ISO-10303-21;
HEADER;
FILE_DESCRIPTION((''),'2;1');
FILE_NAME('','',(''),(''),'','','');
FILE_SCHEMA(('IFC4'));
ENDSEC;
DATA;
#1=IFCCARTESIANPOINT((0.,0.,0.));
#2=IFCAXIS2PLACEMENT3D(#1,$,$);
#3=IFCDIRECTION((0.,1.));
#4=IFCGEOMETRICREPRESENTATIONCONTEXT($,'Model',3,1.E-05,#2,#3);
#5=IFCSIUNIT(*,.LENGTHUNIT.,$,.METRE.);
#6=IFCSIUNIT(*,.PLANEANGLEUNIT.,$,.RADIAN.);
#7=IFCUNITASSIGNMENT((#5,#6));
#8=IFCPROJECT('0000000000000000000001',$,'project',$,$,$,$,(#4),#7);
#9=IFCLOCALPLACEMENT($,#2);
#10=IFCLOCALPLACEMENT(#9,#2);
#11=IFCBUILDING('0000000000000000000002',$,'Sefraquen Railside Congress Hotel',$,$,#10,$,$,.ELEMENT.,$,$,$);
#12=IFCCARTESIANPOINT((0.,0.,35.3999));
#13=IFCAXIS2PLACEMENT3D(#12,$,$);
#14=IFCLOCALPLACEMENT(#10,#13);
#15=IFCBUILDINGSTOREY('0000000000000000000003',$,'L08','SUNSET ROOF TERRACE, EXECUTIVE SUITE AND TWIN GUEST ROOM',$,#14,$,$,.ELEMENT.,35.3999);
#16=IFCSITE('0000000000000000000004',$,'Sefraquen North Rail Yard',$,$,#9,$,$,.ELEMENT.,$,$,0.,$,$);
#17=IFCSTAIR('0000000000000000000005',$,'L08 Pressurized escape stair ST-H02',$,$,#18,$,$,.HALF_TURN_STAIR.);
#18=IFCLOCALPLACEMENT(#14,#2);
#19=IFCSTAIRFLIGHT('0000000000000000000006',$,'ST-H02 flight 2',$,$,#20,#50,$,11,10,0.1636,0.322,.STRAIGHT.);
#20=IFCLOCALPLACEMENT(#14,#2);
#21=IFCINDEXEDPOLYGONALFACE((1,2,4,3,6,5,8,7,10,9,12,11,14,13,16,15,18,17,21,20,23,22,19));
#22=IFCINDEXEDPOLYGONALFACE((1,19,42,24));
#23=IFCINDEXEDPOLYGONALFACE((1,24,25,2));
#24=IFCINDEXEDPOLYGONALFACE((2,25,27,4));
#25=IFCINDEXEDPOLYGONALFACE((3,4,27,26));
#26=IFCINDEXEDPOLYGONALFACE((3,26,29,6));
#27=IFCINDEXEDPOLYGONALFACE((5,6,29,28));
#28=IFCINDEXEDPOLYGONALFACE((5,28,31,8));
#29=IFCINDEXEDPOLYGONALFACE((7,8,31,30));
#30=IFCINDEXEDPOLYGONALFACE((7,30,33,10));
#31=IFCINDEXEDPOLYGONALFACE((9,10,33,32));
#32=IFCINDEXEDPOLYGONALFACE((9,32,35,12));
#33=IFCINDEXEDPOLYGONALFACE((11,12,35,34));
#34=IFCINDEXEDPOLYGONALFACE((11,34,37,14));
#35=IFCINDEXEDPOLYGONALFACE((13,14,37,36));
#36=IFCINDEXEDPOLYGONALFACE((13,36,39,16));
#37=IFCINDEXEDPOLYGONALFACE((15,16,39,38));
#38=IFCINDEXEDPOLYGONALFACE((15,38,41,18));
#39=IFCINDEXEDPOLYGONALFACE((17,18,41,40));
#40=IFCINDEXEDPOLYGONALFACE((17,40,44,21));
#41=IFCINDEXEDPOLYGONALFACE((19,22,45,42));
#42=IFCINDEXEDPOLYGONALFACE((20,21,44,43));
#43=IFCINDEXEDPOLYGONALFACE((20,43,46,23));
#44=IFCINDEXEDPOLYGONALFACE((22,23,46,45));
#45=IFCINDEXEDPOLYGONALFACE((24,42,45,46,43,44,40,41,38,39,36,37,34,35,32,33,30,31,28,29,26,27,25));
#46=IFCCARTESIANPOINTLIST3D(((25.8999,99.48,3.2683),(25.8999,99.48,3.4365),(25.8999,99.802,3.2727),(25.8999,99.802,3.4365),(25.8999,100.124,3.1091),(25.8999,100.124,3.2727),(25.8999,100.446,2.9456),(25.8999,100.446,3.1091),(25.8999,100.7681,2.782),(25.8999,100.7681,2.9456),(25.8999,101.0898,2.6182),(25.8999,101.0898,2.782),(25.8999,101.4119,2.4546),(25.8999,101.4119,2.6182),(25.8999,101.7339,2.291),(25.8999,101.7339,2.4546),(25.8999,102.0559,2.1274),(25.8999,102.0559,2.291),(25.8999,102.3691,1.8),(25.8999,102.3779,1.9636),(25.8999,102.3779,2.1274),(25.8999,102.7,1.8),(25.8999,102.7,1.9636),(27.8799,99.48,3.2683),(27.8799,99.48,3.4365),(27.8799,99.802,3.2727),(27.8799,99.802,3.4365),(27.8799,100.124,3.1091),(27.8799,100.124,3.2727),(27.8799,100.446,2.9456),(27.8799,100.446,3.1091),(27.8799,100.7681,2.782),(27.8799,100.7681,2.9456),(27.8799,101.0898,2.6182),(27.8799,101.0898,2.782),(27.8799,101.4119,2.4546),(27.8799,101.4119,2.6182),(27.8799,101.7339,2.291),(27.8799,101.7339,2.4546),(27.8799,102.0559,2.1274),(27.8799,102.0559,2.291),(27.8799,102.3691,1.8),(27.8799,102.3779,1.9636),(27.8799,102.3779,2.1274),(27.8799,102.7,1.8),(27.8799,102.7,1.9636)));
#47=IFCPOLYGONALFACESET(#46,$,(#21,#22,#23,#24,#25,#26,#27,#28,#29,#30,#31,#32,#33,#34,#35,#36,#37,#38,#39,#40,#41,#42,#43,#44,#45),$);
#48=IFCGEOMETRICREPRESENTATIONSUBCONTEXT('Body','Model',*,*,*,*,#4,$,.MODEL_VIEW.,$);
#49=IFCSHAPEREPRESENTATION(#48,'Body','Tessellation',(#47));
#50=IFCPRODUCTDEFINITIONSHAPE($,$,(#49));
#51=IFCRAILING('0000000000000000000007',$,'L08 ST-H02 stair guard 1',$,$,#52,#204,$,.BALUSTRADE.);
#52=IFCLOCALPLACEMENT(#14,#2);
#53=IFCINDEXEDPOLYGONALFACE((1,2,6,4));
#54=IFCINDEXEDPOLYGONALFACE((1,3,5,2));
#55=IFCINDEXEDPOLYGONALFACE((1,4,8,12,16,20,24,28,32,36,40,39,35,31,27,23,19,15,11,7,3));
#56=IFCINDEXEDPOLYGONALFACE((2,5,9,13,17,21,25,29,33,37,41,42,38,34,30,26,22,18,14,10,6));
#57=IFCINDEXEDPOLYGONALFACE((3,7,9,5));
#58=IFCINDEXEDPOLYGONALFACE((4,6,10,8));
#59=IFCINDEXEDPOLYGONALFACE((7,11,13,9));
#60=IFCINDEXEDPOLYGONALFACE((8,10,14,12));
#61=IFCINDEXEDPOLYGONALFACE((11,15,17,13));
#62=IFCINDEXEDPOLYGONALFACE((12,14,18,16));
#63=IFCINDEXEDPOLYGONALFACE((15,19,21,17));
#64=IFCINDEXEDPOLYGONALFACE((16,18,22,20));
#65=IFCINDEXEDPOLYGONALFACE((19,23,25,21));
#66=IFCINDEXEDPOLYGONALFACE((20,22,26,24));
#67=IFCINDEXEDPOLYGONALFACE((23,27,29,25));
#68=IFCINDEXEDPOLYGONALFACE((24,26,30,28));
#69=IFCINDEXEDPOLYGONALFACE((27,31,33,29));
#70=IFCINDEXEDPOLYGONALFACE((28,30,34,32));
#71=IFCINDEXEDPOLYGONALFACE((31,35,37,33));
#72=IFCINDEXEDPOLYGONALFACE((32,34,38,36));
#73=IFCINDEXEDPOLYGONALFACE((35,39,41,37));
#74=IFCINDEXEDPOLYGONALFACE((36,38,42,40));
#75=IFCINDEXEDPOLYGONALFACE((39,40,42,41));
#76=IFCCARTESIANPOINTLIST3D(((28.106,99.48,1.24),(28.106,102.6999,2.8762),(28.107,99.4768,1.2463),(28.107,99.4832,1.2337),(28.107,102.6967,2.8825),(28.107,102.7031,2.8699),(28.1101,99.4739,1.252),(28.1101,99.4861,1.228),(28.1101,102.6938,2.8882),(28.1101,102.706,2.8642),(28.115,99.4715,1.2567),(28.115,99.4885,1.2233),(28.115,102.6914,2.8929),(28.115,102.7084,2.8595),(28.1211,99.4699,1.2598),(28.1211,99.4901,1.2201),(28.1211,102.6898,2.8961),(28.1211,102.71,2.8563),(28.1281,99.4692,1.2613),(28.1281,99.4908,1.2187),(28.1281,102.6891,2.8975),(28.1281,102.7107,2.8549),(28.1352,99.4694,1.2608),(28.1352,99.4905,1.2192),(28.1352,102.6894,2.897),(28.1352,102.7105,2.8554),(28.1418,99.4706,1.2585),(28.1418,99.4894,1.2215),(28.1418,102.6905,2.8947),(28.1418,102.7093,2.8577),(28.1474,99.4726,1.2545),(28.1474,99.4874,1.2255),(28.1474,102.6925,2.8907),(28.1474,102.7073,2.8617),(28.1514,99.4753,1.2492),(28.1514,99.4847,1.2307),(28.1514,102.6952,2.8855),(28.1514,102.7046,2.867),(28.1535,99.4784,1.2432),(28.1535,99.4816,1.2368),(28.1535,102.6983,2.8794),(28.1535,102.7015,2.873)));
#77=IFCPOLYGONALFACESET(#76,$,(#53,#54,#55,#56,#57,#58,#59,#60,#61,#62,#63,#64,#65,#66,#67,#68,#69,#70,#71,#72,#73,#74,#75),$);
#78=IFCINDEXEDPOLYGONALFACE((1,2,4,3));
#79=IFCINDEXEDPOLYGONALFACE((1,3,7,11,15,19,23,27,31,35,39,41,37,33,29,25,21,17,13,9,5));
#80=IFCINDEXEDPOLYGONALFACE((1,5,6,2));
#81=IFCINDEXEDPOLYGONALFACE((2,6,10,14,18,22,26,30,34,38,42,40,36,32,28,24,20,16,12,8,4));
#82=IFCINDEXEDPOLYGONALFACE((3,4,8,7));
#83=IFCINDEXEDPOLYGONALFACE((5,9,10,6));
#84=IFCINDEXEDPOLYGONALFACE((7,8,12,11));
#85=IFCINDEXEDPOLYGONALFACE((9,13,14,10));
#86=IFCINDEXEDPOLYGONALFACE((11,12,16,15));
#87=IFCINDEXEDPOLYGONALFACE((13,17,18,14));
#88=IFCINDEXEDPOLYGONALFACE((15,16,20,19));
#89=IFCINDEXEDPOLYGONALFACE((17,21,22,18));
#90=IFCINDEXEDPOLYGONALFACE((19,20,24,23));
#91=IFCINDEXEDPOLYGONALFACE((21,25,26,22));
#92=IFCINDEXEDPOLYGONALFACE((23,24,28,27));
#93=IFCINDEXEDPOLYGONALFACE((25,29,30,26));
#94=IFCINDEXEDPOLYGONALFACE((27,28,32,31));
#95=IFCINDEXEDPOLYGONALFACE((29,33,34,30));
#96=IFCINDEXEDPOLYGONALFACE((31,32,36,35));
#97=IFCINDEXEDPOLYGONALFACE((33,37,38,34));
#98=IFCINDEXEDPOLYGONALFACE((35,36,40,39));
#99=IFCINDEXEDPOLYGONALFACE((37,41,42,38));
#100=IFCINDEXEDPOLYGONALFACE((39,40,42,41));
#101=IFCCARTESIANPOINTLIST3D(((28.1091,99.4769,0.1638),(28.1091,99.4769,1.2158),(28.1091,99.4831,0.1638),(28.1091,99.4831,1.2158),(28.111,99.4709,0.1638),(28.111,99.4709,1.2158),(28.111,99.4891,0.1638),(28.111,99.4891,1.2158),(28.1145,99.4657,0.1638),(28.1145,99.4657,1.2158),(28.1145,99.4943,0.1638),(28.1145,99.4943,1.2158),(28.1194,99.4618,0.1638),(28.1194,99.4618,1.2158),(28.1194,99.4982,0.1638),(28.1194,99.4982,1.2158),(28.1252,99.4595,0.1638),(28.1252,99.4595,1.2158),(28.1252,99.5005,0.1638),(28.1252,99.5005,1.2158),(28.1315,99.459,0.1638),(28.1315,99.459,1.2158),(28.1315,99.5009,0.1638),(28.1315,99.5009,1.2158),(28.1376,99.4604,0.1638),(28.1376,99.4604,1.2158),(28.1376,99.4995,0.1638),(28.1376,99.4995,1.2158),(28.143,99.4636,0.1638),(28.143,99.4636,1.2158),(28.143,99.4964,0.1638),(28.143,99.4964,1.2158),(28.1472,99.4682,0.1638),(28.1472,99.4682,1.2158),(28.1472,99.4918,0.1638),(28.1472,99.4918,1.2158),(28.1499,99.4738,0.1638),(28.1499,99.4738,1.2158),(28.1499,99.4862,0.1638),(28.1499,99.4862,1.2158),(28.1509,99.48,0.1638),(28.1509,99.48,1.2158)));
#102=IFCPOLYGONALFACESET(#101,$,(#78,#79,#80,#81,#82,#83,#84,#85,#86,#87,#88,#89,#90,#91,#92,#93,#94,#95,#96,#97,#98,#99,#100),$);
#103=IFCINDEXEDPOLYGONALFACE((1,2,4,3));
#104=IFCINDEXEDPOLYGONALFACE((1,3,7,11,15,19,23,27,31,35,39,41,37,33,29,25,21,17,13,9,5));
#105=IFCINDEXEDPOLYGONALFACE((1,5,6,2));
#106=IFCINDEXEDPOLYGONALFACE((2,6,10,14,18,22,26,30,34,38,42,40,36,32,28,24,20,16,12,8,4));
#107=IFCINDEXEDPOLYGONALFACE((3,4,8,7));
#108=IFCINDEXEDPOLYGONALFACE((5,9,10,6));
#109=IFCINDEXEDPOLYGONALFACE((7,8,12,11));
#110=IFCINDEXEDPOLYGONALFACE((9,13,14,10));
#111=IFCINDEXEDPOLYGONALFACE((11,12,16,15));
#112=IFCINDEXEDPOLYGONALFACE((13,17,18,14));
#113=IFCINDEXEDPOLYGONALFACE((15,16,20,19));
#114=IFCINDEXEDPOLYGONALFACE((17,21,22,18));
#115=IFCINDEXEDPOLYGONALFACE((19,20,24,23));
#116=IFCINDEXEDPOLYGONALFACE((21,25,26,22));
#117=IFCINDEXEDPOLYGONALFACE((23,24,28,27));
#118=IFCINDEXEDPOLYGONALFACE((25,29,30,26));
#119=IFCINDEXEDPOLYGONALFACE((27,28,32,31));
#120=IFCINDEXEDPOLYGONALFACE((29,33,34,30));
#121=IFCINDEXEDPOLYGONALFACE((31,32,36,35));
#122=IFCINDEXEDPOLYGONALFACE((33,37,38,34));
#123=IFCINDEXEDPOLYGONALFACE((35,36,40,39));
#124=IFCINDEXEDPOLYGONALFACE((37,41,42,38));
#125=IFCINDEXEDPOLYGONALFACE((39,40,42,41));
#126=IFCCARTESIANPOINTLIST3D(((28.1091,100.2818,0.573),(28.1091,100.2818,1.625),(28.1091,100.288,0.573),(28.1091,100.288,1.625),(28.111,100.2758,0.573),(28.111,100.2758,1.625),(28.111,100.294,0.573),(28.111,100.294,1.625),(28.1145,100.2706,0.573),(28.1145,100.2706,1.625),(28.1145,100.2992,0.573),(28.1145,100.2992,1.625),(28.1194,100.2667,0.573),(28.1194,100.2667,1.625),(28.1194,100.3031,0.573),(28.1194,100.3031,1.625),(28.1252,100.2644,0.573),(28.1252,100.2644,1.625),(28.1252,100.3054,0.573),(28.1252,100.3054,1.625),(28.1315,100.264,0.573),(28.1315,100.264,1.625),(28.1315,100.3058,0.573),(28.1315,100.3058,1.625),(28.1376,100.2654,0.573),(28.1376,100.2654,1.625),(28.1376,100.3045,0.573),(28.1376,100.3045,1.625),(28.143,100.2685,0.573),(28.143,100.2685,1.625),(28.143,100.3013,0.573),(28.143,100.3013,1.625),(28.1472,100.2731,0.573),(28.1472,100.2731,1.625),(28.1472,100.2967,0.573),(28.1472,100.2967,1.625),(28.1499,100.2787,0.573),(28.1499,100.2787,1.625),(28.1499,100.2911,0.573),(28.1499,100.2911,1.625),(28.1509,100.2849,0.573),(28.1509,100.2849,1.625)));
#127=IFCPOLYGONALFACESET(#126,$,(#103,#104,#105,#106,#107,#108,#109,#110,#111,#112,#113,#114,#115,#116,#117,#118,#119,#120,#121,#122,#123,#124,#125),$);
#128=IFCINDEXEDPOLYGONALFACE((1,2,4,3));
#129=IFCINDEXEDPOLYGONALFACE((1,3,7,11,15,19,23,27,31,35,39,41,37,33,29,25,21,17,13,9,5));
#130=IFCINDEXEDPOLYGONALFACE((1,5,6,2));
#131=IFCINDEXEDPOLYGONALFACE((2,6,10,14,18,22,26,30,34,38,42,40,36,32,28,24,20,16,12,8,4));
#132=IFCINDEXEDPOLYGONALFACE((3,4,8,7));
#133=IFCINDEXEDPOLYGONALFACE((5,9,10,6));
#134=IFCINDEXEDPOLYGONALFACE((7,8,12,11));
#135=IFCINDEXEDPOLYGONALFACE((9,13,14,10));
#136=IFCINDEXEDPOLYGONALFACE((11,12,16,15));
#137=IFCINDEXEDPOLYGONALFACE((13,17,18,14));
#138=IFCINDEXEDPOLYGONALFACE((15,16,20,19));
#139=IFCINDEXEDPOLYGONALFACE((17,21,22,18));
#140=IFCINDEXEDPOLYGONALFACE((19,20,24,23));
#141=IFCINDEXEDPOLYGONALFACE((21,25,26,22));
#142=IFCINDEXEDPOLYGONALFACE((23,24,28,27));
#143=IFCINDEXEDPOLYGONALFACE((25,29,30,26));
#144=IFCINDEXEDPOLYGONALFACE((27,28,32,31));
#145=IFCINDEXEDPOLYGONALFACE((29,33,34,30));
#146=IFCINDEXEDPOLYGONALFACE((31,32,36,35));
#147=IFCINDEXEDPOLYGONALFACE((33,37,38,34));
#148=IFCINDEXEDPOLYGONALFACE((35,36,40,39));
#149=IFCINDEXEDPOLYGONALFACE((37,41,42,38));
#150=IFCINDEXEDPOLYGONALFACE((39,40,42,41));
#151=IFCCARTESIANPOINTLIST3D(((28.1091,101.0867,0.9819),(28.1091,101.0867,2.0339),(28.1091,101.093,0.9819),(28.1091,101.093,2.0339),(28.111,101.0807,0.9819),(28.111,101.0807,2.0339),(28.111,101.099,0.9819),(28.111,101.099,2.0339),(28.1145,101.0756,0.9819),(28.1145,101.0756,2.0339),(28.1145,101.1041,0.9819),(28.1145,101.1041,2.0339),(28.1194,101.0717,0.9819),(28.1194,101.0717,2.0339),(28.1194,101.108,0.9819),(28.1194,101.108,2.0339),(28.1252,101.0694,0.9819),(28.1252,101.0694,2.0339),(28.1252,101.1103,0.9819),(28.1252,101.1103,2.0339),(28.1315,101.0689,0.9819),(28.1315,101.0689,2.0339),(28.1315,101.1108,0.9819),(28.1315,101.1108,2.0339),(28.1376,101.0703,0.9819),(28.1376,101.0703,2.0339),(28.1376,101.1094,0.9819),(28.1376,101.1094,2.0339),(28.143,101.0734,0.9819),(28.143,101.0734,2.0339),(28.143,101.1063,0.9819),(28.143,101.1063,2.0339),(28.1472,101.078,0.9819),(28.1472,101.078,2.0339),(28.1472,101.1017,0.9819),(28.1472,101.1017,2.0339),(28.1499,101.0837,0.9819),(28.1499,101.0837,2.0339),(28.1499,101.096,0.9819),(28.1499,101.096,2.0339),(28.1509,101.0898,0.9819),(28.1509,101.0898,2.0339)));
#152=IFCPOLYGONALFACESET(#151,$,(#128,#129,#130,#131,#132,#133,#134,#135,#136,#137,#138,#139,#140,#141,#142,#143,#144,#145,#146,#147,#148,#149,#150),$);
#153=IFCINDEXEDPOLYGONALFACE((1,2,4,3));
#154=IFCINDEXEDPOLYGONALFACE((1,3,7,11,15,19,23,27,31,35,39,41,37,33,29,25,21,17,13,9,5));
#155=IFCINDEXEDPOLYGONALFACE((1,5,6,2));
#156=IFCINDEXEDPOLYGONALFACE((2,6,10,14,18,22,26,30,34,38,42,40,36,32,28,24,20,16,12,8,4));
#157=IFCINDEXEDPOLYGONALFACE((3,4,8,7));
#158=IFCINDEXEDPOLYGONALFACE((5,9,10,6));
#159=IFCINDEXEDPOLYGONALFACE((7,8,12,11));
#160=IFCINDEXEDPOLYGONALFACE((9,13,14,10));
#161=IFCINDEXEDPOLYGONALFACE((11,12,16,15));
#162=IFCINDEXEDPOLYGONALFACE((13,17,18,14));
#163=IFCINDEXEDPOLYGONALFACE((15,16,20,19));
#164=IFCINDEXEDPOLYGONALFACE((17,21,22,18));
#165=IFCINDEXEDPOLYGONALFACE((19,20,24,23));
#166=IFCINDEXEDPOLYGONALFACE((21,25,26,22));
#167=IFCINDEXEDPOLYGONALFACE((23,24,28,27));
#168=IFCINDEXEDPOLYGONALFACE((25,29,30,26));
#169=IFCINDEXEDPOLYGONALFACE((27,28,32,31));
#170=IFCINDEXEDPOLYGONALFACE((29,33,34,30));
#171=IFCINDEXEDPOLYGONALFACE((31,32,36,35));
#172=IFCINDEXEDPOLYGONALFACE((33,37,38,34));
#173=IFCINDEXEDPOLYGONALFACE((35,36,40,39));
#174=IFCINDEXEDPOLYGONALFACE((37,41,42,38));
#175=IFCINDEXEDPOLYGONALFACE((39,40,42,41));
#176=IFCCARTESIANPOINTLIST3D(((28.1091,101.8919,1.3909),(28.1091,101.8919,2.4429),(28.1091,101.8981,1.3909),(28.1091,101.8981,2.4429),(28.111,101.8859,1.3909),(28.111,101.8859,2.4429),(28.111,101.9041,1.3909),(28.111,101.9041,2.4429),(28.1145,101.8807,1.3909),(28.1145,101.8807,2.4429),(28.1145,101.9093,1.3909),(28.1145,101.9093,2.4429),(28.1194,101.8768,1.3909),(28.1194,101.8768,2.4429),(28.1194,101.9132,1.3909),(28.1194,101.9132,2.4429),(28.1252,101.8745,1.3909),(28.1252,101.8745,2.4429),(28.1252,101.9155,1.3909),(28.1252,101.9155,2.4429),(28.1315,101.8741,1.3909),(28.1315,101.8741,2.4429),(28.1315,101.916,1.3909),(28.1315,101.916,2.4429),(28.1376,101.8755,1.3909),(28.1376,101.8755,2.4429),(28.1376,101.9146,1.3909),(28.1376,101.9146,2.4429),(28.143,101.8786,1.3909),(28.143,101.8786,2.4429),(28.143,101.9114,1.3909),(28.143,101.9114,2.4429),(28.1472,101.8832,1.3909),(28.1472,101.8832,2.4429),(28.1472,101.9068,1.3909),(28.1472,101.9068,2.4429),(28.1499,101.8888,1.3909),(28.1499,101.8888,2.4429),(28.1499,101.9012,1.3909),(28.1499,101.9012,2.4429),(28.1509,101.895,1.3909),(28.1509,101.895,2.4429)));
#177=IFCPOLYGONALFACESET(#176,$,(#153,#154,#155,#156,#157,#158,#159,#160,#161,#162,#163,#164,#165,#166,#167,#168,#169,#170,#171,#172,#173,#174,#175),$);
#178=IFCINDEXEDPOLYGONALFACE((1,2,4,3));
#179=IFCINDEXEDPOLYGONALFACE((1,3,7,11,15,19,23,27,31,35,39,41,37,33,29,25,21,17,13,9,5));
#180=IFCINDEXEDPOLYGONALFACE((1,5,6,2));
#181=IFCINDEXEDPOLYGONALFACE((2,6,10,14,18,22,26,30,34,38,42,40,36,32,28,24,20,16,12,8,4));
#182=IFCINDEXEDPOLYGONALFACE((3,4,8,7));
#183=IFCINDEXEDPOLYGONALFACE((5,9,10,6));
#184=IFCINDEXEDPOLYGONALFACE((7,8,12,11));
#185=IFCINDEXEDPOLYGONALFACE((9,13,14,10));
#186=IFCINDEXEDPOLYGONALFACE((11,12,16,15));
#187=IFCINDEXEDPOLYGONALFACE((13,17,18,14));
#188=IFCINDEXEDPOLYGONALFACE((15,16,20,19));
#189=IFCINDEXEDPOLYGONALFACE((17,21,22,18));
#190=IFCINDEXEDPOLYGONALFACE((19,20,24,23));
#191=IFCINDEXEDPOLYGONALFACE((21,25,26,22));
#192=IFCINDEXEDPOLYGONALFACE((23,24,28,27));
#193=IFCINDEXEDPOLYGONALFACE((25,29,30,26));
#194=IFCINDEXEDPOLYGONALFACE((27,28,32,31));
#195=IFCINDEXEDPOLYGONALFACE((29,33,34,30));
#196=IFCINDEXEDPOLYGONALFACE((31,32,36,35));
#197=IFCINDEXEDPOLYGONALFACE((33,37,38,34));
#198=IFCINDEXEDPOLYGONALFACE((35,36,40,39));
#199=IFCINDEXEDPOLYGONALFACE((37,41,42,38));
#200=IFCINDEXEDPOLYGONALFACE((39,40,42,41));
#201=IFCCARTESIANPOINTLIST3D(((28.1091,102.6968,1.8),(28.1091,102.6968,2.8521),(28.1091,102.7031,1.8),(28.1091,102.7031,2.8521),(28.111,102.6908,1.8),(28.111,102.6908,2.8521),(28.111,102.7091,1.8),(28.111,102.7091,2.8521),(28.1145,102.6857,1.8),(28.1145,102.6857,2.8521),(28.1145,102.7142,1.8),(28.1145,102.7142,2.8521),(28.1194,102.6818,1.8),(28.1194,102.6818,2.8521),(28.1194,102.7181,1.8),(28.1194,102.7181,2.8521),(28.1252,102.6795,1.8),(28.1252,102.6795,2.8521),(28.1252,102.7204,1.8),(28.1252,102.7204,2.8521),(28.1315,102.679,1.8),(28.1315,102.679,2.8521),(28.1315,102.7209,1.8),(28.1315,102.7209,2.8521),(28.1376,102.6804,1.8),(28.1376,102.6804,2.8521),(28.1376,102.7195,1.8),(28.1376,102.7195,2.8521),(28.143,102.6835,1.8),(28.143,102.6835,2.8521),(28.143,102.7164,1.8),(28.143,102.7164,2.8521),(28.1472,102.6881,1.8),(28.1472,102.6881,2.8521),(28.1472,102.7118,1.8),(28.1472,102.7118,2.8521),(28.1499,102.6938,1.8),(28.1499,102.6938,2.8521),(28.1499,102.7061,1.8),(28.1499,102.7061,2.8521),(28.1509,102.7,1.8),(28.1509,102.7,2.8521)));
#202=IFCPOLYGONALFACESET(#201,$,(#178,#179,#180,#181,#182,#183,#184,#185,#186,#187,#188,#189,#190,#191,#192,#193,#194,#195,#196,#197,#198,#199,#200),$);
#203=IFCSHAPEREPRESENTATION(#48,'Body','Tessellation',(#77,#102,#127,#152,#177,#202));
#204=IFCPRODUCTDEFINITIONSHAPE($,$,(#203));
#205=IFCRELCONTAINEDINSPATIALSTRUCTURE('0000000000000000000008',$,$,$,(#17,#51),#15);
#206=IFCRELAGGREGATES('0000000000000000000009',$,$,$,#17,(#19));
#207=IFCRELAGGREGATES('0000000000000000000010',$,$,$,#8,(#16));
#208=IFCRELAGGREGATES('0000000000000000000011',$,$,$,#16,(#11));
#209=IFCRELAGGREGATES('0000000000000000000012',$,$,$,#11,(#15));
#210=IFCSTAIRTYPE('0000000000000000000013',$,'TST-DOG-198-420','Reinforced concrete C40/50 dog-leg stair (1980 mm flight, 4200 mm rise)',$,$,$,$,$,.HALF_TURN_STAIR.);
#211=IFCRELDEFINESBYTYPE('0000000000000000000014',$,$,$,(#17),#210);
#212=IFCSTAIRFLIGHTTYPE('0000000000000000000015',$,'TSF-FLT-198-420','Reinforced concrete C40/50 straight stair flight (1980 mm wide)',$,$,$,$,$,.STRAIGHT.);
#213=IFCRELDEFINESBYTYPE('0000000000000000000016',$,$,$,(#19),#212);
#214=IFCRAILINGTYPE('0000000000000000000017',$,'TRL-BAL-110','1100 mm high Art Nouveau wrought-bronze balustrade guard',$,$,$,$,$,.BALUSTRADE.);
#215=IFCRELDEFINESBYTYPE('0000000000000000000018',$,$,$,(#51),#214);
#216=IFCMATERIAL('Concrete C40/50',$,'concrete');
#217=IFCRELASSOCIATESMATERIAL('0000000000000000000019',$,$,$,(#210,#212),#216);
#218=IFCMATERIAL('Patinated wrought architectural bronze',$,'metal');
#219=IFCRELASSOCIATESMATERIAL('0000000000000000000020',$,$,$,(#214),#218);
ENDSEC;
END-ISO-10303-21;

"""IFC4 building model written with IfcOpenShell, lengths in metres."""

from ifc_helpers import new_model, si_unit, direction, frame, origin, origin_2d, place, context, subcontext, project, spatial, polyline, circle, outline, extrude, material, type_object, element, aggregate, save


model = new_model("IFC4")

# Units and contexts
model_context = context("Model", 3, precision=1e-05, world=origin(), true_north=direction((0.0, 1.0)))
body_context = subcontext(model_context, "Body", "Model", "MODEL_VIEW")
ifc_project = project(units=[si_unit("LENGTHUNIT", "METRE"), si_unit("PLANEANGLEUNIT", "RADIAN")], contexts=[model_context])

# Site, building, storey
site_placement = place(None, origin())
site = spatial("IfcSite", under=ifc_project, at=site_placement, Name="Sefraquen North Rail Yard", CompositionType="ELEMENT", RefElevation=0.0)
building_placement = place(site_placement, origin())
building = spatial("IfcBuilding", under=site, at=building_placement, Name="Sefraquen Railside Congress Hotel", CompositionType="ELEMENT")
storey_placement = place(building_placement, frame((0.0, 0.0, 35.3999)))
storey = spatial("IfcBuildingStorey", under=building, at=storey_placement, Name="L08", Description="SUNSET ROOF TERRACE, EXECUTIVE SUITE AND TWIN GUEST ROOM", CompositionType="ELEMENT", Elevation=35.3999)

# Shared definitions
ifc_material_1 = material(Name="Concrete C40/50", Category="concrete")

# Stair, stair flight
stair_type = type_object("IfcStairType", Name="TST-DOG-198-420", Description="Reinforced concrete C40/50 dog-leg stair (1980 mm flight, 4200 mm rise)", PredefinedType="HALF_TURN_STAIR", material=ifc_material_1)
stair_placement = place(storey_placement, origin())
stair = element("IfcStair", 1, at=stair_placement, inside=storey, type_object=stair_type, Name="L08 Pressurized escape stair ST-H02", PredefinedType="HALF_TURN_STAIR")
stair_flight_type = type_object("IfcStairFlightType", Name="TSF-FLT-198-420", Description="Reinforced concrete C40/50 straight stair flight (1980 mm wide)", PredefinedType="STRAIGHT", material=ifc_material_1)
stair_flight_1_placement = place(storey_placement, frame((26.8899, 102.7, 1.8), z_axis=(0.0, 0.0, 1.0), x_axis=(0.0, -1.0, 0.0)))
stair_flight_1 = element("IfcStairFlight", 2, at=stair_flight_1_placement, type_object=stair_flight_type, Name="ST-H02 flight 2", NumberOfRisers=11, NumberOfTreads=10, PredefinedType="STRAIGHT", RiserHeight=0.1636, TreadLength=0.322, context=body_context, shape_type="SweptSolid", body=[
    extrude(outline(polyline([(0.0, 0.0), (0.0, 0.1636), (0.322, 0.1636), (0.322, 0.3274), (0.644, 0.3274), (0.644, 0.491), (0.9661, 0.491), (0.9661, 0.6545), (1.2881, 0.6545), (1.2881, 0.8181), (1.6101, 0.8181), (1.6101, 0.9819), (1.9319, 0.9819), (1.9319, 1.1455), (2.2539, 1.1455), (2.2539, 1.3091), (2.5759, 1.3091), (2.5759, 1.4727), (2.8979, 1.4727), (2.8979, 1.6365), (3.22, 1.6365), (3.22, 1.8), (3.22, 1.4683), (0.3308, 0.0), (0.0, 0.0)])), frame((0.0, 0.99, 0.0), z_axis=(0.0, -1.0, 0.0), x_axis=(1.0, 0.0, 0.0)), (0.0, 0.0, 1.0), 1.98),
])
aggregate(stair, [stair_flight_1])

# Railing
ifc_material_2 = material(Name="Patinated wrought architectural bronze", Category="metal")
railing_type_1 = type_object("IfcRailingType", Name="TRL-BAL-110", Description="1100 mm high Art Nouveau wrought-bronze balustrade guard", PredefinedType="BALUSTRADE", material=ifc_material_2)
railing_1_placement = place(storey_placement, frame((28.1299, 99.48, 0.1638)))
element("IfcRailing", 3, at=railing_1_placement, inside=storey, type_object=railing_type_1, Name="L08 ST-H02 stair guard 1", PredefinedType="BALUSTRADE", context=body_context, shape_type="SweptSolid", body=[
    extrude(circle(Radius=0.0239, at=origin_2d()), frame((0.0, 0.0, 1.0762), z_axis=(0.0, 0.891502, 0.453017), x_axis=(-1.0, 0.0, 0.0)), (0.0, 0.0, 1.0), 3.6118),
    extrude(circle(Radius=0.021, at=origin_2d()), origin(), (0.0, 0.0, 1.0), 1.052),
    extrude(circle(Radius=0.021, at=origin_2d()), frame((0.0, 0.8049, 0.4092)), (0.0, 0.0, 1.0), 1.052),
    extrude(circle(Radius=0.021, at=origin_2d()), frame((0.0, 1.6099, 0.8181)), (0.0, 0.0, 1.0), 1.052),
    extrude(circle(Radius=0.021, at=origin_2d()), frame((0.0, 2.415, 1.2271)), (0.0, 0.0, 1.0), 1.052),
    extrude(circle(Radius=0.021, at=origin_2d()), frame((0.0, 3.22, 1.6362)), (0.0, 0.0, 1.0), 1.052),
])

save(model, "model.ifc")
